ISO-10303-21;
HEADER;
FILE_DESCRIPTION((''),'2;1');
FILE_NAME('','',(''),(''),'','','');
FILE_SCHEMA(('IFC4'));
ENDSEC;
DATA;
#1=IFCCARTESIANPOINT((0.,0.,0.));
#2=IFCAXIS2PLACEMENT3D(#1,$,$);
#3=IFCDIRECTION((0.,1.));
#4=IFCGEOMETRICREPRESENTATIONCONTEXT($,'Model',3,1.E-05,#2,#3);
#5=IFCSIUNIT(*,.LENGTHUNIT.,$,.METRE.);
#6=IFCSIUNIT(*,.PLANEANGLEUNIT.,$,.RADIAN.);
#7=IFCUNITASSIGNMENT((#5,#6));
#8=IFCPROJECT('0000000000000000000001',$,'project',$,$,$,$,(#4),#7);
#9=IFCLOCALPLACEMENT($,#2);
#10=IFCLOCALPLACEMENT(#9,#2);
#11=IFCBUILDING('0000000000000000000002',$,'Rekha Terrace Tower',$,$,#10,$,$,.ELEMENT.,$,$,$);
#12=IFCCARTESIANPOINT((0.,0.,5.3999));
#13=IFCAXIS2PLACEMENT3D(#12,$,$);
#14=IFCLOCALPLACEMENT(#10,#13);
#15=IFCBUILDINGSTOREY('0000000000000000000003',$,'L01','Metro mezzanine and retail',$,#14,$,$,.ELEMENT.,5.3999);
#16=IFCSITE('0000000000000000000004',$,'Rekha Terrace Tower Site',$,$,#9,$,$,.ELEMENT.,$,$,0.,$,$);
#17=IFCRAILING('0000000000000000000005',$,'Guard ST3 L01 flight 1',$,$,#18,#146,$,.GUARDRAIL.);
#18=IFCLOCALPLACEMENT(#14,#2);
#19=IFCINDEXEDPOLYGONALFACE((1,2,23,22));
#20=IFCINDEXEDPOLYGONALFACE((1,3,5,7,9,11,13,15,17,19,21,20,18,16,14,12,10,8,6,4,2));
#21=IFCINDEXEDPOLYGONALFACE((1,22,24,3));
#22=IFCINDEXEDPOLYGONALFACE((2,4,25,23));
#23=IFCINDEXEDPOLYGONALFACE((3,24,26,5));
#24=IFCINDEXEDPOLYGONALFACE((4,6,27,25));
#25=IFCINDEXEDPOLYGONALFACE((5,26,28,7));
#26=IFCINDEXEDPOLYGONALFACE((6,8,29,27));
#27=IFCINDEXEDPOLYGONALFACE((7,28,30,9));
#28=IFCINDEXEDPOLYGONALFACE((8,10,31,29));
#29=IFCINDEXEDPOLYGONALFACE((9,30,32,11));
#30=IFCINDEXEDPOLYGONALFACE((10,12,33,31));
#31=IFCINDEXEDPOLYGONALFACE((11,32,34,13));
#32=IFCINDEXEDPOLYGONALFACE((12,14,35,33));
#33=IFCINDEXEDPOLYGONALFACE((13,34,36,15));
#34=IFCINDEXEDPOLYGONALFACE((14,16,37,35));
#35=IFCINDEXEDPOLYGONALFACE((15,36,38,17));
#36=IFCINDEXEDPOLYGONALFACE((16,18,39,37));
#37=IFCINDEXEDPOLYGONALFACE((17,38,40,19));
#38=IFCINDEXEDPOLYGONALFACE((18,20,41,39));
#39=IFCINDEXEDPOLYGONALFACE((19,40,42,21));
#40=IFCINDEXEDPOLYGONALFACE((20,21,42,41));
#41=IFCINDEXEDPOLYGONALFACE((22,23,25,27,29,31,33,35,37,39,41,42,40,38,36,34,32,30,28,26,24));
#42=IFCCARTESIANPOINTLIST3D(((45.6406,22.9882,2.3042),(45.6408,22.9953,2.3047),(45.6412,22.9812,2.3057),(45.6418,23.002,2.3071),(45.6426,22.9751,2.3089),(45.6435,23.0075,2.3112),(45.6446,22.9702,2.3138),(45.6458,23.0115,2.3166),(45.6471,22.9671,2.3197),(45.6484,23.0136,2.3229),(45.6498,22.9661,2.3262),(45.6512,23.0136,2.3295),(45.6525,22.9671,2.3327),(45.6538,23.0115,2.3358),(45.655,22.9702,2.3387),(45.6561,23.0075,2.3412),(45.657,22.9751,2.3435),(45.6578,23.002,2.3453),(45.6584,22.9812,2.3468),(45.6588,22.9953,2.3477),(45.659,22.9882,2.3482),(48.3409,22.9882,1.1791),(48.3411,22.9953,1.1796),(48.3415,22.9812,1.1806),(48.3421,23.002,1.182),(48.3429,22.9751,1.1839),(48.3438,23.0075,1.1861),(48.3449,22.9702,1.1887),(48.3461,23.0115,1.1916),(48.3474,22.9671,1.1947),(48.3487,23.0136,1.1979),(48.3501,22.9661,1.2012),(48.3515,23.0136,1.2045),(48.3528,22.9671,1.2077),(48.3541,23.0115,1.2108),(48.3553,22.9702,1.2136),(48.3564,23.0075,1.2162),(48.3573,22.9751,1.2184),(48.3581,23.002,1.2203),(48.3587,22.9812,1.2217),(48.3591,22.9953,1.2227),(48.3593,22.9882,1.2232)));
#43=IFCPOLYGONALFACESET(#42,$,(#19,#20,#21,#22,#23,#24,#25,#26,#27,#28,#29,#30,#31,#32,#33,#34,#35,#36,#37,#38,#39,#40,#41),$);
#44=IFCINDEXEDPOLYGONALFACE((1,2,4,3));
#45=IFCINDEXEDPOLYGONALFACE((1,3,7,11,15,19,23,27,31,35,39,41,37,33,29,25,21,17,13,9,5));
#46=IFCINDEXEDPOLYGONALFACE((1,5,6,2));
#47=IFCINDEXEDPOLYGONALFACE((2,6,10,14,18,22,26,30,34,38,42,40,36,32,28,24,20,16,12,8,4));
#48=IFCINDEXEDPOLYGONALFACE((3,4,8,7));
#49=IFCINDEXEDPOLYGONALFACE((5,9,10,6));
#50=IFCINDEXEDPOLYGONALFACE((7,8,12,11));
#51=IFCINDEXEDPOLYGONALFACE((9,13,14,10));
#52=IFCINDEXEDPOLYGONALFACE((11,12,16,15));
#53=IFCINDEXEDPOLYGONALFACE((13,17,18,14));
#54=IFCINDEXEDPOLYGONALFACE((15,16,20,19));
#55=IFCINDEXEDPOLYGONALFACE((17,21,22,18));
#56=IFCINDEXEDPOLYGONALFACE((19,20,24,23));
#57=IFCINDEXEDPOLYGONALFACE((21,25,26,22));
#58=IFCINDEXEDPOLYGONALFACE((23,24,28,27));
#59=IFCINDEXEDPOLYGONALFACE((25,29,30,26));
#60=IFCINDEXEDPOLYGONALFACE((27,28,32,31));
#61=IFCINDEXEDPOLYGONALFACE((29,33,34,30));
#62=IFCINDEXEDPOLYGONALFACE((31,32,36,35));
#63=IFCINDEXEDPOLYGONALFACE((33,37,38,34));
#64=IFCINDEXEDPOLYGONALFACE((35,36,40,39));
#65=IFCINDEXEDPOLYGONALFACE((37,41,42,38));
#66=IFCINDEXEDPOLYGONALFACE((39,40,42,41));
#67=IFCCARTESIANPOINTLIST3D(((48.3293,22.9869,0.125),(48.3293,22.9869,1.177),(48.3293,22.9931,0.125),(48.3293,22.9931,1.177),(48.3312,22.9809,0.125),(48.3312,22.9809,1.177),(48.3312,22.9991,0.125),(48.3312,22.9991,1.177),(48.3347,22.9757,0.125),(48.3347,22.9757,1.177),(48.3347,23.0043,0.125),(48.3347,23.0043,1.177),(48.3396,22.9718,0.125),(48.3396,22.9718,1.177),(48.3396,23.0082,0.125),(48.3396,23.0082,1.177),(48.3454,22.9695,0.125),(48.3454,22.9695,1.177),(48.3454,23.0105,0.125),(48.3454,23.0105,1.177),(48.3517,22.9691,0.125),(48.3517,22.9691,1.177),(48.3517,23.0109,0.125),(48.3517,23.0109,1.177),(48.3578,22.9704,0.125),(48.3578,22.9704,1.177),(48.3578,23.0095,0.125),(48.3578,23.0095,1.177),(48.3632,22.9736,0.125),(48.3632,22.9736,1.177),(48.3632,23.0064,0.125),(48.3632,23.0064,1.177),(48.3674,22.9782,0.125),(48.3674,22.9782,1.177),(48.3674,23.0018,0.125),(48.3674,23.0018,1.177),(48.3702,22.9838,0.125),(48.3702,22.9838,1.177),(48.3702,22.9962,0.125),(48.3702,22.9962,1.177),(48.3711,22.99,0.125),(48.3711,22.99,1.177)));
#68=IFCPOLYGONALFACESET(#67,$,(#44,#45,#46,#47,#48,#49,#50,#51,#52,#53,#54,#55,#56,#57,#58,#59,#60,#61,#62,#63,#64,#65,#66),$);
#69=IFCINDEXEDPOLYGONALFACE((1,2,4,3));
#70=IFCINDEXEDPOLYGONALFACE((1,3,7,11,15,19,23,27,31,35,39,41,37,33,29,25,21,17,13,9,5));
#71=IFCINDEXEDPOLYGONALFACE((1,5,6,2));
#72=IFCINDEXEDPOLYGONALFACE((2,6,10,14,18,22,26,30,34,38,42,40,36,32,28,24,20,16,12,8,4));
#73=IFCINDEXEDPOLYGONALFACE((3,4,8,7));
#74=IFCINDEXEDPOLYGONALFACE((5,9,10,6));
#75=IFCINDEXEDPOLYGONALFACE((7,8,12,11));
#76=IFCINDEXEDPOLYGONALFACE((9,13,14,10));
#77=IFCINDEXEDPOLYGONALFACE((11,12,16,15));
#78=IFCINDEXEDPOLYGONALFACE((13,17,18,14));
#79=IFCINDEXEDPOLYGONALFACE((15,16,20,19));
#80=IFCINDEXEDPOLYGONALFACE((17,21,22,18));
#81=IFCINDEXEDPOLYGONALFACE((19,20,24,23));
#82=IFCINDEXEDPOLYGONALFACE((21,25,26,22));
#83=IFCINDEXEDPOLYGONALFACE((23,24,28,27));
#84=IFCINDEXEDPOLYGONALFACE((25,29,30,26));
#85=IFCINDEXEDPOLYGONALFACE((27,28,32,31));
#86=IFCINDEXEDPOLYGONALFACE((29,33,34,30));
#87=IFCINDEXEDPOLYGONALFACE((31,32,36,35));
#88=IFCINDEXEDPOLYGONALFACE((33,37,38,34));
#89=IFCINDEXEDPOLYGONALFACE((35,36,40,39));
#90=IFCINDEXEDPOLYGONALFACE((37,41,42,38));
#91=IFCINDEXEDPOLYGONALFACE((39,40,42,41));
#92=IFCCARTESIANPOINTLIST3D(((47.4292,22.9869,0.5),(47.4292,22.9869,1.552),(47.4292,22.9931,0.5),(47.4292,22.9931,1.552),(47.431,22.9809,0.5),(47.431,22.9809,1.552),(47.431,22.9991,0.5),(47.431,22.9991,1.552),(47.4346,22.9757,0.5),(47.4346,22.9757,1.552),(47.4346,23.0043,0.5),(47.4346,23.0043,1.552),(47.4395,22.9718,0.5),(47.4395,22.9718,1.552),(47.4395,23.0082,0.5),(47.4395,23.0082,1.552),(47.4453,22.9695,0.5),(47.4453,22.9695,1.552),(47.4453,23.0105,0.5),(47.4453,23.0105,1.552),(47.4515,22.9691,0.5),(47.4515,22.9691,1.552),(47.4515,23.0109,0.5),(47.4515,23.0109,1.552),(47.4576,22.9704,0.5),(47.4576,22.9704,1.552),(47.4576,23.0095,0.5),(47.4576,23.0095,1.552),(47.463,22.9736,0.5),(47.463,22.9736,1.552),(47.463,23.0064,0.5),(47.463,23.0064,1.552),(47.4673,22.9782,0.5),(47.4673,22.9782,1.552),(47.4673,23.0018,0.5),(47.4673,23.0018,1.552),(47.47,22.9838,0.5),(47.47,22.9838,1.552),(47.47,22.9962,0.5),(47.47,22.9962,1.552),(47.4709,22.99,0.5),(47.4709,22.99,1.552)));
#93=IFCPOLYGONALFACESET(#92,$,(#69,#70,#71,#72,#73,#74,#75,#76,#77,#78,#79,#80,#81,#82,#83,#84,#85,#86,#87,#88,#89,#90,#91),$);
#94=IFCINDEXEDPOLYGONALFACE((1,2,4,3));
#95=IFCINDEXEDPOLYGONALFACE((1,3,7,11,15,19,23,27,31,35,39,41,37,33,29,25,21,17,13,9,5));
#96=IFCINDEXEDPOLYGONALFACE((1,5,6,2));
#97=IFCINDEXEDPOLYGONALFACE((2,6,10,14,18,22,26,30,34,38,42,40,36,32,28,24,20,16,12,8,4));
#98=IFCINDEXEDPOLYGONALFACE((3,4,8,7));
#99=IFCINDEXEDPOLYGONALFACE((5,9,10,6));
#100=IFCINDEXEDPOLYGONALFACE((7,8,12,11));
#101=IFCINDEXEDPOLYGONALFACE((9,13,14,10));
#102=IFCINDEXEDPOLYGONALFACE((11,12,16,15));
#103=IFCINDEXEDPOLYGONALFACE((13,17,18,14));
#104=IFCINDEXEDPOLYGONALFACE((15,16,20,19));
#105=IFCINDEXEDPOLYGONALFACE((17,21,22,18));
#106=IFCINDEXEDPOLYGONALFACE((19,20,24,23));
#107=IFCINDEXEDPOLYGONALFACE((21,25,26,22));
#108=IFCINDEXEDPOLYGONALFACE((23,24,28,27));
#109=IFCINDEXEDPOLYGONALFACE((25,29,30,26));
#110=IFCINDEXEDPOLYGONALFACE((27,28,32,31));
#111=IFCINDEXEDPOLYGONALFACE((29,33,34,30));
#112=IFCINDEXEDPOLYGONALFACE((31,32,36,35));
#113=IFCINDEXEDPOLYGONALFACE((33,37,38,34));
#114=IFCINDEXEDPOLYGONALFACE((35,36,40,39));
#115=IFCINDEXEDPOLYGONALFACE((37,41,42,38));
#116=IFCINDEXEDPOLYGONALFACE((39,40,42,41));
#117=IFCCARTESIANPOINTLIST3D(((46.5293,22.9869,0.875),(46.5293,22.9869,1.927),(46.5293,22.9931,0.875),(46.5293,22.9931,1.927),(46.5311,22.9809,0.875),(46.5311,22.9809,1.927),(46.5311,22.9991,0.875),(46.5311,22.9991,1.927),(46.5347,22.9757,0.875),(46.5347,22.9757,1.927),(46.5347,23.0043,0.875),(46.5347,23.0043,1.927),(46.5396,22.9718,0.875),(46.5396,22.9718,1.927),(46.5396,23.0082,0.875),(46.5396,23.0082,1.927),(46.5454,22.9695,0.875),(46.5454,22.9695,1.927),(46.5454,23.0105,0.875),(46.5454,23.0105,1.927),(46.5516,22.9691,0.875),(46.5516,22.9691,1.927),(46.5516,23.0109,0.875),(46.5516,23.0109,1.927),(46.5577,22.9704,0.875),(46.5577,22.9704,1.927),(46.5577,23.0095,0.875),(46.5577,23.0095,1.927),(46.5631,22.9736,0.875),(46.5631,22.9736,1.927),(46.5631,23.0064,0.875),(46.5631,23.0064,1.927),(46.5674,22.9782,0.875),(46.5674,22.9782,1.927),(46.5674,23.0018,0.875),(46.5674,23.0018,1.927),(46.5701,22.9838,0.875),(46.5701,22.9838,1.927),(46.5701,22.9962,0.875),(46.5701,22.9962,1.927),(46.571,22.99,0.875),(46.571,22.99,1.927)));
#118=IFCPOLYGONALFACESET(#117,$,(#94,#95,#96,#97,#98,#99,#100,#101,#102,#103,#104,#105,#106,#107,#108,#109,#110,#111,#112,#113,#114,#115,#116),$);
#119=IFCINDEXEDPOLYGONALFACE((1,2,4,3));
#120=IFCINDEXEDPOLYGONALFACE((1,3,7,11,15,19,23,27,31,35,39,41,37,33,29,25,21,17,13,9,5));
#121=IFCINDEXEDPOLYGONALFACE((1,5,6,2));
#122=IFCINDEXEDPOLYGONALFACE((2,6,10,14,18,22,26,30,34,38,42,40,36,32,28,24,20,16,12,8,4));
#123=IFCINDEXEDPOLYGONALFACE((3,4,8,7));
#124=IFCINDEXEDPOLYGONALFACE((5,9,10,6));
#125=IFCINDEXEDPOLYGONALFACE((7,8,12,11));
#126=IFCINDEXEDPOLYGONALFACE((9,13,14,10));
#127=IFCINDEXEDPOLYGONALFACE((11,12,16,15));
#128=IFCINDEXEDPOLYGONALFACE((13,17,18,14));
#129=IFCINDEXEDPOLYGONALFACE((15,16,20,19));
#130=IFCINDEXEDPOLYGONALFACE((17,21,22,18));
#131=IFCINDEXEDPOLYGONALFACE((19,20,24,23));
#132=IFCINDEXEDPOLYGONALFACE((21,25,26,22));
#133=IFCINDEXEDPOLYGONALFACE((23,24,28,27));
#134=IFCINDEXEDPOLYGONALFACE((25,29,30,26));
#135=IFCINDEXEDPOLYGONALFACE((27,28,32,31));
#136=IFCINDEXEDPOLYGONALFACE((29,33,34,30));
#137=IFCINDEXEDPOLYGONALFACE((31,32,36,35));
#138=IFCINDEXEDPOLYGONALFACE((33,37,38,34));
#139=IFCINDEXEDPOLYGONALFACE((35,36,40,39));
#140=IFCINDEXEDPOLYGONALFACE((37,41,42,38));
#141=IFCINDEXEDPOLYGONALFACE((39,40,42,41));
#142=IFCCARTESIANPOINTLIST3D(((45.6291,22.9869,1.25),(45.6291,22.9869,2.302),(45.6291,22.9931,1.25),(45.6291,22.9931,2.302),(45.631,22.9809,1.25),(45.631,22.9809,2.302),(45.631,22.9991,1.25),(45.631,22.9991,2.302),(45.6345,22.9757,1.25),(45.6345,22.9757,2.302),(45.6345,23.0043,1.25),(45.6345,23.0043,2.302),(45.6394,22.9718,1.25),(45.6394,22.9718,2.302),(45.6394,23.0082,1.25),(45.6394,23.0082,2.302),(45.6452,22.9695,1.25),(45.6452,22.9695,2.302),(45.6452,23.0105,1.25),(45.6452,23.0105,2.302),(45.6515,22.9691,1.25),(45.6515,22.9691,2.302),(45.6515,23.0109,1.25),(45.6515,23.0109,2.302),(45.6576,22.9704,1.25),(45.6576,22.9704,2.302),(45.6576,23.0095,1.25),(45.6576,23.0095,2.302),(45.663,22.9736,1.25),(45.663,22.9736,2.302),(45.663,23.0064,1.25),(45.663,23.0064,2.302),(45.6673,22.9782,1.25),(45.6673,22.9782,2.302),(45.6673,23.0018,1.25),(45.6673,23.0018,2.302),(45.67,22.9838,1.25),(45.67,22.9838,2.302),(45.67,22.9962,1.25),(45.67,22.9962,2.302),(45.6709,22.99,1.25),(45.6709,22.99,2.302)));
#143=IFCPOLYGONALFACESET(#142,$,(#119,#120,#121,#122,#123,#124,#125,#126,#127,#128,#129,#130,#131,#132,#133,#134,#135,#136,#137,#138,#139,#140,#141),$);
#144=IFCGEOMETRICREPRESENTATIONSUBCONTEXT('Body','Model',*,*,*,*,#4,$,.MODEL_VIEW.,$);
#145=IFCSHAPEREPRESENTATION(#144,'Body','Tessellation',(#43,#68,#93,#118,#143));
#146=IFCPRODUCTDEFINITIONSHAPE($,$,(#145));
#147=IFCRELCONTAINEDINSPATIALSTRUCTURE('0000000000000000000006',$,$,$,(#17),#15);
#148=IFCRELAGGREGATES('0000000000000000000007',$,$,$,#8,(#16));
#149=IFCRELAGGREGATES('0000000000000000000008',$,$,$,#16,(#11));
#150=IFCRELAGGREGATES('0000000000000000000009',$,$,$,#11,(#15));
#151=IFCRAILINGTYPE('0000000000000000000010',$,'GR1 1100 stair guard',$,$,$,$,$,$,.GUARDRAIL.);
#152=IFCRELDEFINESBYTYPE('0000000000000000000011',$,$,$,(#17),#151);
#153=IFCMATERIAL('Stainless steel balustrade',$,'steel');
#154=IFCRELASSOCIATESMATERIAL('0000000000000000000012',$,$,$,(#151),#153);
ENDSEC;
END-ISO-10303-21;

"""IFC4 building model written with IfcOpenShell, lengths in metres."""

from ifc_helpers import new_model, si_unit, direction, frame, origin, origin_2d, place, context, subcontext, project, spatial, circle, extrude, material, type_object, element, save


model = new_model("IFC4")

# Units and contexts
model_context = context("Model", 3, precision=1e-05, world=origin(), true_north=direction((0.0, 1.0)))
body_context = subcontext(model_context, "Body", "Model", "MODEL_VIEW")
ifc_project = project(units=[si_unit("LENGTHUNIT", "METRE"), si_unit("PLANEANGLEUNIT", "RADIAN")], contexts=[model_context])

# Site, building, storey
site_placement = place(None, origin())
site = spatial("IfcSite", under=ifc_project, at=site_placement, Name="Rekha Terrace Tower Site", CompositionType="ELEMENT", RefElevation=0.0)
building_placement = place(site_placement, origin())
building = spatial("IfcBuilding", under=site, at=building_placement, Name="Rekha Terrace Tower", CompositionType="ELEMENT")
storey_placement = place(building_placement, frame((0.0, 0.0, 5.3999)))
storey = spatial("IfcBuildingStorey", under=building, at=storey_placement, Name="L01", Description="Metro mezzanine and retail", CompositionType="ELEMENT", Elevation=5.3999)

# Railing
ifc_material_1 = material(Name="Stainless steel balustrade", Category="steel")
railing_type_1 = type_object("IfcRailingType", Name="GR1 1100 stair guard", PredefinedType="GUARDRAIL", material=ifc_material_1)
railing_1_placement = place(storey_placement, frame((48.3501, 22.99, 0.125)))
element("IfcRailing", 1, at=railing_1_placement, inside=storey, type_object=railing_type_1, Name="Guard ST3 L01 flight 1", PredefinedType="GUARDRAIL", context=body_context, shape_type="SweptSolid", body=[
    extrude(circle(Radius=0.0239, at=origin_2d()), frame((0.0, 0.0, 1.0762), z_axis=(-0.923087, 0.0, 0.384592), x_axis=(0.0, -1.0, 0.0)), (0.0, 0.0, 1.0), 2.9253),
    extrude(circle(Radius=0.021, at=origin_2d()), origin(), (0.0, 0.0, 1.0), 1.052),
    extrude(circle(Radius=0.021, at=origin_2d()), frame((-0.9001, 0.0, 0.375)), (0.0, 0.0, 1.0), 1.052),
    extrude(circle(Radius=0.021, at=origin_2d()), frame((-1.8, 0.0, 0.75)), (0.0, 0.0, 1.0), 1.052),
    extrude(circle(Radius=0.021, at=origin_2d()), frame((-2.7002, 0.0, 1.125)), (0.0, 0.0, 1.0), 1.052),
])

save(model, "model.ifc")
